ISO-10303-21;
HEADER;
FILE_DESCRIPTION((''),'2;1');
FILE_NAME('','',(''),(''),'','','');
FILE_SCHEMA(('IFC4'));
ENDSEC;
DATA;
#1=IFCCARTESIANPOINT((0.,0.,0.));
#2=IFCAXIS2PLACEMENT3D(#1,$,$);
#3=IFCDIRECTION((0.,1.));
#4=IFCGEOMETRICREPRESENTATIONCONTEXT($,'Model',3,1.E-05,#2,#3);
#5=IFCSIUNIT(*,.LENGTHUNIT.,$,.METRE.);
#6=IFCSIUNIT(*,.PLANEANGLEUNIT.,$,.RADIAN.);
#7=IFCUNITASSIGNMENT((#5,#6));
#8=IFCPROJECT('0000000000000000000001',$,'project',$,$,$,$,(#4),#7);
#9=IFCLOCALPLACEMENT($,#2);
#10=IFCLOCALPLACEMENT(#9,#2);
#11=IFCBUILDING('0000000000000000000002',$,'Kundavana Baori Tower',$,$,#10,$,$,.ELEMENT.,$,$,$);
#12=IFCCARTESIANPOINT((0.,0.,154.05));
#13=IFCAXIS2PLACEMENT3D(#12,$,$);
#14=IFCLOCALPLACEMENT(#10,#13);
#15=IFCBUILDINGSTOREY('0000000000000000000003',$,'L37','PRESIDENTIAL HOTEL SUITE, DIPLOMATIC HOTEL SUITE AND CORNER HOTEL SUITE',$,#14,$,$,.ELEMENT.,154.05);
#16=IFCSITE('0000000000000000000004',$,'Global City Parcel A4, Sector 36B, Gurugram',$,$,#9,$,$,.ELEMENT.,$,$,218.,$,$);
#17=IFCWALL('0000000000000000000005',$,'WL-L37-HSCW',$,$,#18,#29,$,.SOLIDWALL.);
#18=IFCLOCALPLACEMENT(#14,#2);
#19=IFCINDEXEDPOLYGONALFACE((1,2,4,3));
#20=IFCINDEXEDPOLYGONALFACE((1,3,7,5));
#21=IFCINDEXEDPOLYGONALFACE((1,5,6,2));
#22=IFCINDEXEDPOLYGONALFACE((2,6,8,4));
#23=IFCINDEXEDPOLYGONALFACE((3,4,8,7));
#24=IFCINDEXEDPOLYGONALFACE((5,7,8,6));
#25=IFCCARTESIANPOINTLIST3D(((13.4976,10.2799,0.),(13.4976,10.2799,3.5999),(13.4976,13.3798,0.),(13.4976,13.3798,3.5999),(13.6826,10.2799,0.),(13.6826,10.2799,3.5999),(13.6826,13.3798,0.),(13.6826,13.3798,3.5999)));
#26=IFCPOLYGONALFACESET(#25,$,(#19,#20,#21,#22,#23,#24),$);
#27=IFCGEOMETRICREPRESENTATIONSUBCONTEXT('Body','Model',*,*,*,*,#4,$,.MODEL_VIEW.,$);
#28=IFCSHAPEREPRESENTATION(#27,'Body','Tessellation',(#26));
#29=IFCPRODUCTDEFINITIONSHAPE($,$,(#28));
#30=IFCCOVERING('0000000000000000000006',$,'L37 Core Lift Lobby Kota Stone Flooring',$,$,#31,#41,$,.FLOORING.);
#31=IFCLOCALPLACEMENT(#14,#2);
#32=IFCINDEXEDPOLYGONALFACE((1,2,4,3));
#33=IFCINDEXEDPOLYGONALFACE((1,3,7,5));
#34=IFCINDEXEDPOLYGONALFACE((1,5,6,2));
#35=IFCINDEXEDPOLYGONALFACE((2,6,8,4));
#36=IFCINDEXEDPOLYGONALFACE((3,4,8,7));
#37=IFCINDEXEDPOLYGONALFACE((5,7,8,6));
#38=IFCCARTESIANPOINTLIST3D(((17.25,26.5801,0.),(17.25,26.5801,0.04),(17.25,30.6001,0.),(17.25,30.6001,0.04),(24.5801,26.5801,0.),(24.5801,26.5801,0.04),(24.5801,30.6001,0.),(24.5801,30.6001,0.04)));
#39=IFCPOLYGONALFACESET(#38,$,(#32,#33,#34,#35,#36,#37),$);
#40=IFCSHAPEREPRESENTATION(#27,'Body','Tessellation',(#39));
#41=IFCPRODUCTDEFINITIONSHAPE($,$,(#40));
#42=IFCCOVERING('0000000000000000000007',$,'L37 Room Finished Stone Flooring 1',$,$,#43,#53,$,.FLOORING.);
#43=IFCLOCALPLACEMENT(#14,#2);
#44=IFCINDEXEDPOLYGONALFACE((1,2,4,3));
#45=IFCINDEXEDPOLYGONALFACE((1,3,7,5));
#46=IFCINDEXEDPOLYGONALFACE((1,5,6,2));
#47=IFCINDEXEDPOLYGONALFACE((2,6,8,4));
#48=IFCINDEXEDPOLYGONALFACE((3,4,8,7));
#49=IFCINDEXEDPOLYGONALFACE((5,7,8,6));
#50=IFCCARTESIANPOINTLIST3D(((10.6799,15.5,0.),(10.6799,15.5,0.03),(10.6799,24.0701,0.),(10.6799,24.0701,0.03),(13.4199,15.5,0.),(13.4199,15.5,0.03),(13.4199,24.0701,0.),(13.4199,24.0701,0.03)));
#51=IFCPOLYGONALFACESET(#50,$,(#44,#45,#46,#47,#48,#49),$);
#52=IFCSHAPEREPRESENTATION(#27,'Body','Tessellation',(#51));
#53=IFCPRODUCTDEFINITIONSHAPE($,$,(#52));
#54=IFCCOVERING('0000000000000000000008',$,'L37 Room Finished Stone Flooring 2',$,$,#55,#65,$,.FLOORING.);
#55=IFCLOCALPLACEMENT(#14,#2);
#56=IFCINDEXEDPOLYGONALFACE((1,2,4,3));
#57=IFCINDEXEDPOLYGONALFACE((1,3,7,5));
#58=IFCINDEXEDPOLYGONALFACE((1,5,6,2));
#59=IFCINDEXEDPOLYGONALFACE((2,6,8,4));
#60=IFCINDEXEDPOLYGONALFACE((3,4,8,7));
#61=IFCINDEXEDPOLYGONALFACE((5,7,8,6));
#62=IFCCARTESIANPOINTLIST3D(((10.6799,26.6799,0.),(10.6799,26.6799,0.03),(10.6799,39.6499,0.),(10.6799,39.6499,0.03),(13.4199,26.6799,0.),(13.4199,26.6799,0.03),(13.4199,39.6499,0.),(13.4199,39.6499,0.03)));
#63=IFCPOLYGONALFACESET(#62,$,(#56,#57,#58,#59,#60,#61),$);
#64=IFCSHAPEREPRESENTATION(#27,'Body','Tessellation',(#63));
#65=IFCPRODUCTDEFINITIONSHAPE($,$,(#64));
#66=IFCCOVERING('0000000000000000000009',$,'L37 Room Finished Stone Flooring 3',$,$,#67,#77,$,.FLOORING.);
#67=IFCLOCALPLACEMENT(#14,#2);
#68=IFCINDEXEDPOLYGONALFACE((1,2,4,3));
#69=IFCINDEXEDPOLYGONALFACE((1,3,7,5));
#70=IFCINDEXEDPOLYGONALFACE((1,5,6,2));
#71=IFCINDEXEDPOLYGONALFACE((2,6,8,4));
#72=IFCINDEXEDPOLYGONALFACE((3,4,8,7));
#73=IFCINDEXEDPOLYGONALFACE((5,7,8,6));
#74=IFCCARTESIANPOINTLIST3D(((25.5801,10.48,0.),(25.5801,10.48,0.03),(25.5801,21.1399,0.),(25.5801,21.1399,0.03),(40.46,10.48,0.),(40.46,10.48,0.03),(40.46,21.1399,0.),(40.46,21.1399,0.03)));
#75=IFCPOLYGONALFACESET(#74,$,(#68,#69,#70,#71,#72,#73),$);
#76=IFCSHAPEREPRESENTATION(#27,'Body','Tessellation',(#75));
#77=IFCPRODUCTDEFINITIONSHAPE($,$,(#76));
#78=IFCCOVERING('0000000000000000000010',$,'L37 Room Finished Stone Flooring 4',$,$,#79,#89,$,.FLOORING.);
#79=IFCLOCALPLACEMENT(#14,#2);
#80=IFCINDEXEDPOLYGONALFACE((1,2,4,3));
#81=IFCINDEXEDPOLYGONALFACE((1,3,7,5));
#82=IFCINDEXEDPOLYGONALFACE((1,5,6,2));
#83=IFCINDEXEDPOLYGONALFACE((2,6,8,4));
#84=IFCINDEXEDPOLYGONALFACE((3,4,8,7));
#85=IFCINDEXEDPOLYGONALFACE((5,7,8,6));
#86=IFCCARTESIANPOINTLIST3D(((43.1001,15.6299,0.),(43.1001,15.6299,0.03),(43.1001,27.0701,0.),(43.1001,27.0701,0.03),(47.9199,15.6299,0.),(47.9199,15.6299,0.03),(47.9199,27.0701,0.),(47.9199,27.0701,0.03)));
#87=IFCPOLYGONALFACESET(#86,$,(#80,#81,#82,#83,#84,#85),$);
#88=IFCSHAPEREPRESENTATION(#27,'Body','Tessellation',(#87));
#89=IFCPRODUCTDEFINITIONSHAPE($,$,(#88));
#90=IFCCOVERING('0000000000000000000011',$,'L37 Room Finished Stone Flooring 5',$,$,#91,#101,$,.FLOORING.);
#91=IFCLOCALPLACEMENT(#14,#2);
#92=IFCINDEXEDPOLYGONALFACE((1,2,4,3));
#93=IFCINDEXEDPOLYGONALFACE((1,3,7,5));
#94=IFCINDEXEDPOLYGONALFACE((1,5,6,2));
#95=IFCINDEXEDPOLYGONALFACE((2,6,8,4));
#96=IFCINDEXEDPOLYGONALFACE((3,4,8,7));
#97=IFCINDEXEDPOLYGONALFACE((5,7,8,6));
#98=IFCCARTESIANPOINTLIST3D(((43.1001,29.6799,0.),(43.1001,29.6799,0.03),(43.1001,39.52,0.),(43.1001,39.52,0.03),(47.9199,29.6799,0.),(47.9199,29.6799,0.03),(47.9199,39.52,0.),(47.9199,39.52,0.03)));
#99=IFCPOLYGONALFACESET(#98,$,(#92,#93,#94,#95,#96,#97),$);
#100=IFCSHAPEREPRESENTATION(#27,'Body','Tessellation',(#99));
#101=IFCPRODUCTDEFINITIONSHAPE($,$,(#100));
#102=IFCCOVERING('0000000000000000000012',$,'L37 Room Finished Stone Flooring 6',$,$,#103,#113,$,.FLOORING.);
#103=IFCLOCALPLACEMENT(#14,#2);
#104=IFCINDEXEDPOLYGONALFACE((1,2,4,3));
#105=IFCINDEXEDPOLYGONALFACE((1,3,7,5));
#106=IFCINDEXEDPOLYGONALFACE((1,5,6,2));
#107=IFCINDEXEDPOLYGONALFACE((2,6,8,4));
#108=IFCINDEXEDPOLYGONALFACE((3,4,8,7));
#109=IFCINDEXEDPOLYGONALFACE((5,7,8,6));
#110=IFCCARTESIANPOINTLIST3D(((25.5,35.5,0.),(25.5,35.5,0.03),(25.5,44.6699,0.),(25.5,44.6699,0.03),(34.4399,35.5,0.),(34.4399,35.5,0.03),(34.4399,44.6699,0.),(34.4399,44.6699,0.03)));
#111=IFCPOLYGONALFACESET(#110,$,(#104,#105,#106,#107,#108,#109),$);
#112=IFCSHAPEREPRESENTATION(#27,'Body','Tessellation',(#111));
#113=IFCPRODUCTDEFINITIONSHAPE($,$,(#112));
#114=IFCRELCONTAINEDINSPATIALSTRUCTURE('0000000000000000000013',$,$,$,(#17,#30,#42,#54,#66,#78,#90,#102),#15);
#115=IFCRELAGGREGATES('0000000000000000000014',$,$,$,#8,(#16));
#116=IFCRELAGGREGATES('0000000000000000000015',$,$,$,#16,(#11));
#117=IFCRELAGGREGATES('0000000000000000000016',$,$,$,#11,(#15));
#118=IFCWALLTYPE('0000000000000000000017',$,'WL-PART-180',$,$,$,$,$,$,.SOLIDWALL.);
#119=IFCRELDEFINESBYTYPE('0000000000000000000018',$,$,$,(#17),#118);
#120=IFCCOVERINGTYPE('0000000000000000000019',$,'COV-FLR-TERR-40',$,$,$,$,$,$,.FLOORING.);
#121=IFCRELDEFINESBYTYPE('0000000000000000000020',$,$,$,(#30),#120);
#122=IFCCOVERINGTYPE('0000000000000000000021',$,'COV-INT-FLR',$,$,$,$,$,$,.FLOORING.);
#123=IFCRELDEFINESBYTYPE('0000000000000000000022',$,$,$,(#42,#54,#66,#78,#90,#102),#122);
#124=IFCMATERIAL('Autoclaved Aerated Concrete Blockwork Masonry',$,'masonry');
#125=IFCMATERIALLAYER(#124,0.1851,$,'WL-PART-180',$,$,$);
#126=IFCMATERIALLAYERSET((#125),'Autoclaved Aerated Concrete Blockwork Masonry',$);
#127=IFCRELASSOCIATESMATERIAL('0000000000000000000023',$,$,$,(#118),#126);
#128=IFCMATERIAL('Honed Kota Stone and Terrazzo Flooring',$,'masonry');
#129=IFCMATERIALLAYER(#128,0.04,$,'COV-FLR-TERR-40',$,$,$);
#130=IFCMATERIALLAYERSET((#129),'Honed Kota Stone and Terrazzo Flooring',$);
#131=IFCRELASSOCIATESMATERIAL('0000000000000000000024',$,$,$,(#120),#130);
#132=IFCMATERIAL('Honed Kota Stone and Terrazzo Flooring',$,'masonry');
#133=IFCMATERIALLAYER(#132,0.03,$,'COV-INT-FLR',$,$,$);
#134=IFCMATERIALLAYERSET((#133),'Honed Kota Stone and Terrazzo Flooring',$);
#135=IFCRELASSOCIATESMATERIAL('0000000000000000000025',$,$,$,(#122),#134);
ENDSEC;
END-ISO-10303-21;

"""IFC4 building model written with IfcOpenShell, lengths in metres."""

from ifc_helpers import new_model, si_unit, direction, frame, frame_2d, origin, place, context, subcontext, project, spatial, polyline, rectangle, outline, extrude, material, layer, layer_set, type_object, element, save


model = new_model("IFC4")

# Units and contexts
model_context = context("Model", 3, precision=1e-05, world=origin(), true_north=direction((0.0, 1.0)))
body_context = subcontext(model_context, "Body", "Model", "MODEL_VIEW")
ifc_project = project(units=[si_unit("LENGTHUNIT", "METRE"), si_unit("PLANEANGLEUNIT", "RADIAN")], contexts=[model_context])

# Site, building, storey
site_placement = place(None, origin())
site = spatial("IfcSite", under=ifc_project, at=site_placement, Name="Global City Parcel A4, Sector 36B, Gurugram", CompositionType="ELEMENT", RefElevation=218.0)
building_placement = place(site_placement, origin())
building = spatial("IfcBuilding", under=site, at=building_placement, Name="Kundavana Baori Tower", CompositionType="ELEMENT")
storey_placement = place(building_placement, frame((0.0, 0.0, 154.05)))
storey = spatial("IfcBuildingStorey", under=building, at=storey_placement, Name="L37", Description="PRESIDENTIAL HOTEL SUITE, DIPLOMATIC HOTEL SUITE AND CORNER HOTEL SUITE", CompositionType="ELEMENT", Elevation=154.05)

# Wall
ifc_material_1 = material(Name="Autoclaved Aerated Concrete Blockwork Masonry", Category="masonry")
ifc_layer_1 = layer(ifc_material_1, 0.1851, Name="WL-PART-180")
ifc_layer_set_1 = layer_set([ifc_layer_1], Name="Autoclaved Aerated Concrete Blockwork Masonry")
wall_type_1 = type_object("IfcWallType", Name="WL-PART-180", PredefinedType="SOLIDWALL", material=ifc_layer_set_1)
wall_1_placement = place(storey_placement, frame((13.5901, 10.28, 0.0), z_axis=(0.0, 0.0, 1.0), x_axis=(0.0, 1.0, 0.0)))
element("IfcWall", 1, at=wall_1_placement, inside=storey, type_object=wall_type_1, Name="WL-L37-HSCW", PredefinedType="SOLIDWALL", context=body_context, shape_type="SweptSolid", body=[
    extrude(rectangle(XDim=3.0999, YDim=0.1851, at=frame_2d((1.5498, 0.0))), origin(), (0.0, 0.0, 1.0), 3.5999),
])

# Coverings
ifc_material_2 = material(Name="Honed Kota Stone and Terrazzo Flooring", Category="masonry")
ifc_layer_2 = layer(ifc_material_2, 0.04, Name="COV-FLR-TERR-40")
ifc_layer_set_2 = layer_set([ifc_layer_2], Name="Honed Kota Stone and Terrazzo Flooring")
covering_type_1 = type_object("IfcCoveringType", Name="COV-FLR-TERR-40", PredefinedType="FLOORING", material=ifc_layer_set_2)
covering_1_placement = place(storey_placement, origin())
element("IfcCovering", 2, at=covering_1_placement, inside=storey, type_object=covering_type_1, Name="L37 Core Lift Lobby Kota Stone Flooring", PredefinedType="FLOORING", context=body_context, shape_type="SweptSolid", body=[
    extrude(outline(polyline([(17.25, 26.5801), (24.5801, 26.5801), (24.5801, 30.6001), (17.25, 30.6001), (17.25, 26.5801)])), origin(), (0.0, 0.0, 1.0), 0.04),
])
ifc_material_3 = material(Name="Honed Kota Stone and Terrazzo Flooring", Category="masonry")
ifc_layer_3 = layer(ifc_material_3, 0.03, Name="COV-INT-FLR")
ifc_layer_set_3 = layer_set([ifc_layer_3], Name="Honed Kota Stone and Terrazzo Flooring")
covering_type_2 = type_object("IfcCoveringType", Name="COV-INT-FLR", PredefinedType="FLOORING", material=ifc_layer_set_3)
covering_2_placement = place(storey_placement, origin())
element("IfcCovering", 3, at=covering_2_placement, inside=storey, type_object=covering_type_2, Name="L37 Room Finished Stone Flooring 1", PredefinedType="FLOORING", context=body_context, shape_type="SweptSolid", body=[
    extrude(outline(polyline([(10.6799, 15.5), (13.4199, 15.5), (13.4199, 24.0701), (10.6799, 24.0701), (10.6799, 15.5)])), origin(), (0.0, 0.0, 1.0), 0.03),
])
covering_3_placement = place(storey_placement, origin())
element("IfcCovering", 4, at=covering_3_placement, inside=storey, type_object=covering_type_2, Name="L37 Room Finished Stone Flooring 2", PredefinedType="FLOORING", context=body_context, shape_type="SweptSolid", body=[
    extrude(outline(polyline([(10.6799, 26.6799), (13.4199, 26.6799), (13.4199, 39.6499), (10.6799, 39.6499), (10.6799, 26.6799)])), origin(), (0.0, 0.0, 1.0), 0.03),
])
covering_4_placement = place(storey_placement, origin())
element("IfcCovering", 5, at=covering_4_placement, inside=storey, type_object=covering_type_2, Name="L37 Room Finished Stone Flooring 3", PredefinedType="FLOORING", context=body_context, shape_type="SweptSolid", body=[
    extrude(outline(polyline([(25.5801, 10.48), (40.46, 10.48), (40.46, 21.1399), (25.5801, 21.1399), (25.5801, 10.48)])), origin(), (0.0, 0.0, 1.0), 0.03),
])
covering_5_placement = place(storey_placement, origin())
element("IfcCovering", 6, at=covering_5_placement, inside=storey, type_object=covering_type_2, Name="L37 Room Finished Stone Flooring 4", PredefinedType="FLOORING", context=body_context, shape_type="SweptSolid", body=[
    extrude(outline(polyline([(43.1001, 15.6299), (47.9199, 15.6299), (47.9199, 27.0701), (43.1001, 27.0701), (43.1001, 15.6299)])), origin(), (0.0, 0.0, 1.0), 0.03),
])
covering_6_placement = place(storey_placement, origin())
element("IfcCovering", 7, at=covering_6_placement, inside=storey, type_object=covering_type_2, Name="L37 Room Finished Stone Flooring 5", PredefinedType="FLOORING", context=body_context, shape_type="SweptSolid", body=[
    extrude(outline(polyline([(43.1001, 29.6799), (47.9199, 29.6799), (47.9199, 39.52), (43.1001, 39.52), (43.1001, 29.6799)])), origin(), (0.0, 0.0, 1.0), 0.03),
])
covering_7_placement = place(storey_placement, origin())
element("IfcCovering", 8, at=covering_7_placement, inside=storey, type_object=covering_type_2, Name="L37 Room Finished Stone Flooring 6", PredefinedType="FLOORING", context=body_context, shape_type="SweptSolid", body=[
    extrude(outline(polyline([(25.5, 35.5), (34.4399, 35.5), (34.4399, 44.6699), (25.5, 44.6699), (25.5, 35.5)])), origin(), (0.0, 0.0, 1.0), 0.03),
])

save(model, "model.ifc")
